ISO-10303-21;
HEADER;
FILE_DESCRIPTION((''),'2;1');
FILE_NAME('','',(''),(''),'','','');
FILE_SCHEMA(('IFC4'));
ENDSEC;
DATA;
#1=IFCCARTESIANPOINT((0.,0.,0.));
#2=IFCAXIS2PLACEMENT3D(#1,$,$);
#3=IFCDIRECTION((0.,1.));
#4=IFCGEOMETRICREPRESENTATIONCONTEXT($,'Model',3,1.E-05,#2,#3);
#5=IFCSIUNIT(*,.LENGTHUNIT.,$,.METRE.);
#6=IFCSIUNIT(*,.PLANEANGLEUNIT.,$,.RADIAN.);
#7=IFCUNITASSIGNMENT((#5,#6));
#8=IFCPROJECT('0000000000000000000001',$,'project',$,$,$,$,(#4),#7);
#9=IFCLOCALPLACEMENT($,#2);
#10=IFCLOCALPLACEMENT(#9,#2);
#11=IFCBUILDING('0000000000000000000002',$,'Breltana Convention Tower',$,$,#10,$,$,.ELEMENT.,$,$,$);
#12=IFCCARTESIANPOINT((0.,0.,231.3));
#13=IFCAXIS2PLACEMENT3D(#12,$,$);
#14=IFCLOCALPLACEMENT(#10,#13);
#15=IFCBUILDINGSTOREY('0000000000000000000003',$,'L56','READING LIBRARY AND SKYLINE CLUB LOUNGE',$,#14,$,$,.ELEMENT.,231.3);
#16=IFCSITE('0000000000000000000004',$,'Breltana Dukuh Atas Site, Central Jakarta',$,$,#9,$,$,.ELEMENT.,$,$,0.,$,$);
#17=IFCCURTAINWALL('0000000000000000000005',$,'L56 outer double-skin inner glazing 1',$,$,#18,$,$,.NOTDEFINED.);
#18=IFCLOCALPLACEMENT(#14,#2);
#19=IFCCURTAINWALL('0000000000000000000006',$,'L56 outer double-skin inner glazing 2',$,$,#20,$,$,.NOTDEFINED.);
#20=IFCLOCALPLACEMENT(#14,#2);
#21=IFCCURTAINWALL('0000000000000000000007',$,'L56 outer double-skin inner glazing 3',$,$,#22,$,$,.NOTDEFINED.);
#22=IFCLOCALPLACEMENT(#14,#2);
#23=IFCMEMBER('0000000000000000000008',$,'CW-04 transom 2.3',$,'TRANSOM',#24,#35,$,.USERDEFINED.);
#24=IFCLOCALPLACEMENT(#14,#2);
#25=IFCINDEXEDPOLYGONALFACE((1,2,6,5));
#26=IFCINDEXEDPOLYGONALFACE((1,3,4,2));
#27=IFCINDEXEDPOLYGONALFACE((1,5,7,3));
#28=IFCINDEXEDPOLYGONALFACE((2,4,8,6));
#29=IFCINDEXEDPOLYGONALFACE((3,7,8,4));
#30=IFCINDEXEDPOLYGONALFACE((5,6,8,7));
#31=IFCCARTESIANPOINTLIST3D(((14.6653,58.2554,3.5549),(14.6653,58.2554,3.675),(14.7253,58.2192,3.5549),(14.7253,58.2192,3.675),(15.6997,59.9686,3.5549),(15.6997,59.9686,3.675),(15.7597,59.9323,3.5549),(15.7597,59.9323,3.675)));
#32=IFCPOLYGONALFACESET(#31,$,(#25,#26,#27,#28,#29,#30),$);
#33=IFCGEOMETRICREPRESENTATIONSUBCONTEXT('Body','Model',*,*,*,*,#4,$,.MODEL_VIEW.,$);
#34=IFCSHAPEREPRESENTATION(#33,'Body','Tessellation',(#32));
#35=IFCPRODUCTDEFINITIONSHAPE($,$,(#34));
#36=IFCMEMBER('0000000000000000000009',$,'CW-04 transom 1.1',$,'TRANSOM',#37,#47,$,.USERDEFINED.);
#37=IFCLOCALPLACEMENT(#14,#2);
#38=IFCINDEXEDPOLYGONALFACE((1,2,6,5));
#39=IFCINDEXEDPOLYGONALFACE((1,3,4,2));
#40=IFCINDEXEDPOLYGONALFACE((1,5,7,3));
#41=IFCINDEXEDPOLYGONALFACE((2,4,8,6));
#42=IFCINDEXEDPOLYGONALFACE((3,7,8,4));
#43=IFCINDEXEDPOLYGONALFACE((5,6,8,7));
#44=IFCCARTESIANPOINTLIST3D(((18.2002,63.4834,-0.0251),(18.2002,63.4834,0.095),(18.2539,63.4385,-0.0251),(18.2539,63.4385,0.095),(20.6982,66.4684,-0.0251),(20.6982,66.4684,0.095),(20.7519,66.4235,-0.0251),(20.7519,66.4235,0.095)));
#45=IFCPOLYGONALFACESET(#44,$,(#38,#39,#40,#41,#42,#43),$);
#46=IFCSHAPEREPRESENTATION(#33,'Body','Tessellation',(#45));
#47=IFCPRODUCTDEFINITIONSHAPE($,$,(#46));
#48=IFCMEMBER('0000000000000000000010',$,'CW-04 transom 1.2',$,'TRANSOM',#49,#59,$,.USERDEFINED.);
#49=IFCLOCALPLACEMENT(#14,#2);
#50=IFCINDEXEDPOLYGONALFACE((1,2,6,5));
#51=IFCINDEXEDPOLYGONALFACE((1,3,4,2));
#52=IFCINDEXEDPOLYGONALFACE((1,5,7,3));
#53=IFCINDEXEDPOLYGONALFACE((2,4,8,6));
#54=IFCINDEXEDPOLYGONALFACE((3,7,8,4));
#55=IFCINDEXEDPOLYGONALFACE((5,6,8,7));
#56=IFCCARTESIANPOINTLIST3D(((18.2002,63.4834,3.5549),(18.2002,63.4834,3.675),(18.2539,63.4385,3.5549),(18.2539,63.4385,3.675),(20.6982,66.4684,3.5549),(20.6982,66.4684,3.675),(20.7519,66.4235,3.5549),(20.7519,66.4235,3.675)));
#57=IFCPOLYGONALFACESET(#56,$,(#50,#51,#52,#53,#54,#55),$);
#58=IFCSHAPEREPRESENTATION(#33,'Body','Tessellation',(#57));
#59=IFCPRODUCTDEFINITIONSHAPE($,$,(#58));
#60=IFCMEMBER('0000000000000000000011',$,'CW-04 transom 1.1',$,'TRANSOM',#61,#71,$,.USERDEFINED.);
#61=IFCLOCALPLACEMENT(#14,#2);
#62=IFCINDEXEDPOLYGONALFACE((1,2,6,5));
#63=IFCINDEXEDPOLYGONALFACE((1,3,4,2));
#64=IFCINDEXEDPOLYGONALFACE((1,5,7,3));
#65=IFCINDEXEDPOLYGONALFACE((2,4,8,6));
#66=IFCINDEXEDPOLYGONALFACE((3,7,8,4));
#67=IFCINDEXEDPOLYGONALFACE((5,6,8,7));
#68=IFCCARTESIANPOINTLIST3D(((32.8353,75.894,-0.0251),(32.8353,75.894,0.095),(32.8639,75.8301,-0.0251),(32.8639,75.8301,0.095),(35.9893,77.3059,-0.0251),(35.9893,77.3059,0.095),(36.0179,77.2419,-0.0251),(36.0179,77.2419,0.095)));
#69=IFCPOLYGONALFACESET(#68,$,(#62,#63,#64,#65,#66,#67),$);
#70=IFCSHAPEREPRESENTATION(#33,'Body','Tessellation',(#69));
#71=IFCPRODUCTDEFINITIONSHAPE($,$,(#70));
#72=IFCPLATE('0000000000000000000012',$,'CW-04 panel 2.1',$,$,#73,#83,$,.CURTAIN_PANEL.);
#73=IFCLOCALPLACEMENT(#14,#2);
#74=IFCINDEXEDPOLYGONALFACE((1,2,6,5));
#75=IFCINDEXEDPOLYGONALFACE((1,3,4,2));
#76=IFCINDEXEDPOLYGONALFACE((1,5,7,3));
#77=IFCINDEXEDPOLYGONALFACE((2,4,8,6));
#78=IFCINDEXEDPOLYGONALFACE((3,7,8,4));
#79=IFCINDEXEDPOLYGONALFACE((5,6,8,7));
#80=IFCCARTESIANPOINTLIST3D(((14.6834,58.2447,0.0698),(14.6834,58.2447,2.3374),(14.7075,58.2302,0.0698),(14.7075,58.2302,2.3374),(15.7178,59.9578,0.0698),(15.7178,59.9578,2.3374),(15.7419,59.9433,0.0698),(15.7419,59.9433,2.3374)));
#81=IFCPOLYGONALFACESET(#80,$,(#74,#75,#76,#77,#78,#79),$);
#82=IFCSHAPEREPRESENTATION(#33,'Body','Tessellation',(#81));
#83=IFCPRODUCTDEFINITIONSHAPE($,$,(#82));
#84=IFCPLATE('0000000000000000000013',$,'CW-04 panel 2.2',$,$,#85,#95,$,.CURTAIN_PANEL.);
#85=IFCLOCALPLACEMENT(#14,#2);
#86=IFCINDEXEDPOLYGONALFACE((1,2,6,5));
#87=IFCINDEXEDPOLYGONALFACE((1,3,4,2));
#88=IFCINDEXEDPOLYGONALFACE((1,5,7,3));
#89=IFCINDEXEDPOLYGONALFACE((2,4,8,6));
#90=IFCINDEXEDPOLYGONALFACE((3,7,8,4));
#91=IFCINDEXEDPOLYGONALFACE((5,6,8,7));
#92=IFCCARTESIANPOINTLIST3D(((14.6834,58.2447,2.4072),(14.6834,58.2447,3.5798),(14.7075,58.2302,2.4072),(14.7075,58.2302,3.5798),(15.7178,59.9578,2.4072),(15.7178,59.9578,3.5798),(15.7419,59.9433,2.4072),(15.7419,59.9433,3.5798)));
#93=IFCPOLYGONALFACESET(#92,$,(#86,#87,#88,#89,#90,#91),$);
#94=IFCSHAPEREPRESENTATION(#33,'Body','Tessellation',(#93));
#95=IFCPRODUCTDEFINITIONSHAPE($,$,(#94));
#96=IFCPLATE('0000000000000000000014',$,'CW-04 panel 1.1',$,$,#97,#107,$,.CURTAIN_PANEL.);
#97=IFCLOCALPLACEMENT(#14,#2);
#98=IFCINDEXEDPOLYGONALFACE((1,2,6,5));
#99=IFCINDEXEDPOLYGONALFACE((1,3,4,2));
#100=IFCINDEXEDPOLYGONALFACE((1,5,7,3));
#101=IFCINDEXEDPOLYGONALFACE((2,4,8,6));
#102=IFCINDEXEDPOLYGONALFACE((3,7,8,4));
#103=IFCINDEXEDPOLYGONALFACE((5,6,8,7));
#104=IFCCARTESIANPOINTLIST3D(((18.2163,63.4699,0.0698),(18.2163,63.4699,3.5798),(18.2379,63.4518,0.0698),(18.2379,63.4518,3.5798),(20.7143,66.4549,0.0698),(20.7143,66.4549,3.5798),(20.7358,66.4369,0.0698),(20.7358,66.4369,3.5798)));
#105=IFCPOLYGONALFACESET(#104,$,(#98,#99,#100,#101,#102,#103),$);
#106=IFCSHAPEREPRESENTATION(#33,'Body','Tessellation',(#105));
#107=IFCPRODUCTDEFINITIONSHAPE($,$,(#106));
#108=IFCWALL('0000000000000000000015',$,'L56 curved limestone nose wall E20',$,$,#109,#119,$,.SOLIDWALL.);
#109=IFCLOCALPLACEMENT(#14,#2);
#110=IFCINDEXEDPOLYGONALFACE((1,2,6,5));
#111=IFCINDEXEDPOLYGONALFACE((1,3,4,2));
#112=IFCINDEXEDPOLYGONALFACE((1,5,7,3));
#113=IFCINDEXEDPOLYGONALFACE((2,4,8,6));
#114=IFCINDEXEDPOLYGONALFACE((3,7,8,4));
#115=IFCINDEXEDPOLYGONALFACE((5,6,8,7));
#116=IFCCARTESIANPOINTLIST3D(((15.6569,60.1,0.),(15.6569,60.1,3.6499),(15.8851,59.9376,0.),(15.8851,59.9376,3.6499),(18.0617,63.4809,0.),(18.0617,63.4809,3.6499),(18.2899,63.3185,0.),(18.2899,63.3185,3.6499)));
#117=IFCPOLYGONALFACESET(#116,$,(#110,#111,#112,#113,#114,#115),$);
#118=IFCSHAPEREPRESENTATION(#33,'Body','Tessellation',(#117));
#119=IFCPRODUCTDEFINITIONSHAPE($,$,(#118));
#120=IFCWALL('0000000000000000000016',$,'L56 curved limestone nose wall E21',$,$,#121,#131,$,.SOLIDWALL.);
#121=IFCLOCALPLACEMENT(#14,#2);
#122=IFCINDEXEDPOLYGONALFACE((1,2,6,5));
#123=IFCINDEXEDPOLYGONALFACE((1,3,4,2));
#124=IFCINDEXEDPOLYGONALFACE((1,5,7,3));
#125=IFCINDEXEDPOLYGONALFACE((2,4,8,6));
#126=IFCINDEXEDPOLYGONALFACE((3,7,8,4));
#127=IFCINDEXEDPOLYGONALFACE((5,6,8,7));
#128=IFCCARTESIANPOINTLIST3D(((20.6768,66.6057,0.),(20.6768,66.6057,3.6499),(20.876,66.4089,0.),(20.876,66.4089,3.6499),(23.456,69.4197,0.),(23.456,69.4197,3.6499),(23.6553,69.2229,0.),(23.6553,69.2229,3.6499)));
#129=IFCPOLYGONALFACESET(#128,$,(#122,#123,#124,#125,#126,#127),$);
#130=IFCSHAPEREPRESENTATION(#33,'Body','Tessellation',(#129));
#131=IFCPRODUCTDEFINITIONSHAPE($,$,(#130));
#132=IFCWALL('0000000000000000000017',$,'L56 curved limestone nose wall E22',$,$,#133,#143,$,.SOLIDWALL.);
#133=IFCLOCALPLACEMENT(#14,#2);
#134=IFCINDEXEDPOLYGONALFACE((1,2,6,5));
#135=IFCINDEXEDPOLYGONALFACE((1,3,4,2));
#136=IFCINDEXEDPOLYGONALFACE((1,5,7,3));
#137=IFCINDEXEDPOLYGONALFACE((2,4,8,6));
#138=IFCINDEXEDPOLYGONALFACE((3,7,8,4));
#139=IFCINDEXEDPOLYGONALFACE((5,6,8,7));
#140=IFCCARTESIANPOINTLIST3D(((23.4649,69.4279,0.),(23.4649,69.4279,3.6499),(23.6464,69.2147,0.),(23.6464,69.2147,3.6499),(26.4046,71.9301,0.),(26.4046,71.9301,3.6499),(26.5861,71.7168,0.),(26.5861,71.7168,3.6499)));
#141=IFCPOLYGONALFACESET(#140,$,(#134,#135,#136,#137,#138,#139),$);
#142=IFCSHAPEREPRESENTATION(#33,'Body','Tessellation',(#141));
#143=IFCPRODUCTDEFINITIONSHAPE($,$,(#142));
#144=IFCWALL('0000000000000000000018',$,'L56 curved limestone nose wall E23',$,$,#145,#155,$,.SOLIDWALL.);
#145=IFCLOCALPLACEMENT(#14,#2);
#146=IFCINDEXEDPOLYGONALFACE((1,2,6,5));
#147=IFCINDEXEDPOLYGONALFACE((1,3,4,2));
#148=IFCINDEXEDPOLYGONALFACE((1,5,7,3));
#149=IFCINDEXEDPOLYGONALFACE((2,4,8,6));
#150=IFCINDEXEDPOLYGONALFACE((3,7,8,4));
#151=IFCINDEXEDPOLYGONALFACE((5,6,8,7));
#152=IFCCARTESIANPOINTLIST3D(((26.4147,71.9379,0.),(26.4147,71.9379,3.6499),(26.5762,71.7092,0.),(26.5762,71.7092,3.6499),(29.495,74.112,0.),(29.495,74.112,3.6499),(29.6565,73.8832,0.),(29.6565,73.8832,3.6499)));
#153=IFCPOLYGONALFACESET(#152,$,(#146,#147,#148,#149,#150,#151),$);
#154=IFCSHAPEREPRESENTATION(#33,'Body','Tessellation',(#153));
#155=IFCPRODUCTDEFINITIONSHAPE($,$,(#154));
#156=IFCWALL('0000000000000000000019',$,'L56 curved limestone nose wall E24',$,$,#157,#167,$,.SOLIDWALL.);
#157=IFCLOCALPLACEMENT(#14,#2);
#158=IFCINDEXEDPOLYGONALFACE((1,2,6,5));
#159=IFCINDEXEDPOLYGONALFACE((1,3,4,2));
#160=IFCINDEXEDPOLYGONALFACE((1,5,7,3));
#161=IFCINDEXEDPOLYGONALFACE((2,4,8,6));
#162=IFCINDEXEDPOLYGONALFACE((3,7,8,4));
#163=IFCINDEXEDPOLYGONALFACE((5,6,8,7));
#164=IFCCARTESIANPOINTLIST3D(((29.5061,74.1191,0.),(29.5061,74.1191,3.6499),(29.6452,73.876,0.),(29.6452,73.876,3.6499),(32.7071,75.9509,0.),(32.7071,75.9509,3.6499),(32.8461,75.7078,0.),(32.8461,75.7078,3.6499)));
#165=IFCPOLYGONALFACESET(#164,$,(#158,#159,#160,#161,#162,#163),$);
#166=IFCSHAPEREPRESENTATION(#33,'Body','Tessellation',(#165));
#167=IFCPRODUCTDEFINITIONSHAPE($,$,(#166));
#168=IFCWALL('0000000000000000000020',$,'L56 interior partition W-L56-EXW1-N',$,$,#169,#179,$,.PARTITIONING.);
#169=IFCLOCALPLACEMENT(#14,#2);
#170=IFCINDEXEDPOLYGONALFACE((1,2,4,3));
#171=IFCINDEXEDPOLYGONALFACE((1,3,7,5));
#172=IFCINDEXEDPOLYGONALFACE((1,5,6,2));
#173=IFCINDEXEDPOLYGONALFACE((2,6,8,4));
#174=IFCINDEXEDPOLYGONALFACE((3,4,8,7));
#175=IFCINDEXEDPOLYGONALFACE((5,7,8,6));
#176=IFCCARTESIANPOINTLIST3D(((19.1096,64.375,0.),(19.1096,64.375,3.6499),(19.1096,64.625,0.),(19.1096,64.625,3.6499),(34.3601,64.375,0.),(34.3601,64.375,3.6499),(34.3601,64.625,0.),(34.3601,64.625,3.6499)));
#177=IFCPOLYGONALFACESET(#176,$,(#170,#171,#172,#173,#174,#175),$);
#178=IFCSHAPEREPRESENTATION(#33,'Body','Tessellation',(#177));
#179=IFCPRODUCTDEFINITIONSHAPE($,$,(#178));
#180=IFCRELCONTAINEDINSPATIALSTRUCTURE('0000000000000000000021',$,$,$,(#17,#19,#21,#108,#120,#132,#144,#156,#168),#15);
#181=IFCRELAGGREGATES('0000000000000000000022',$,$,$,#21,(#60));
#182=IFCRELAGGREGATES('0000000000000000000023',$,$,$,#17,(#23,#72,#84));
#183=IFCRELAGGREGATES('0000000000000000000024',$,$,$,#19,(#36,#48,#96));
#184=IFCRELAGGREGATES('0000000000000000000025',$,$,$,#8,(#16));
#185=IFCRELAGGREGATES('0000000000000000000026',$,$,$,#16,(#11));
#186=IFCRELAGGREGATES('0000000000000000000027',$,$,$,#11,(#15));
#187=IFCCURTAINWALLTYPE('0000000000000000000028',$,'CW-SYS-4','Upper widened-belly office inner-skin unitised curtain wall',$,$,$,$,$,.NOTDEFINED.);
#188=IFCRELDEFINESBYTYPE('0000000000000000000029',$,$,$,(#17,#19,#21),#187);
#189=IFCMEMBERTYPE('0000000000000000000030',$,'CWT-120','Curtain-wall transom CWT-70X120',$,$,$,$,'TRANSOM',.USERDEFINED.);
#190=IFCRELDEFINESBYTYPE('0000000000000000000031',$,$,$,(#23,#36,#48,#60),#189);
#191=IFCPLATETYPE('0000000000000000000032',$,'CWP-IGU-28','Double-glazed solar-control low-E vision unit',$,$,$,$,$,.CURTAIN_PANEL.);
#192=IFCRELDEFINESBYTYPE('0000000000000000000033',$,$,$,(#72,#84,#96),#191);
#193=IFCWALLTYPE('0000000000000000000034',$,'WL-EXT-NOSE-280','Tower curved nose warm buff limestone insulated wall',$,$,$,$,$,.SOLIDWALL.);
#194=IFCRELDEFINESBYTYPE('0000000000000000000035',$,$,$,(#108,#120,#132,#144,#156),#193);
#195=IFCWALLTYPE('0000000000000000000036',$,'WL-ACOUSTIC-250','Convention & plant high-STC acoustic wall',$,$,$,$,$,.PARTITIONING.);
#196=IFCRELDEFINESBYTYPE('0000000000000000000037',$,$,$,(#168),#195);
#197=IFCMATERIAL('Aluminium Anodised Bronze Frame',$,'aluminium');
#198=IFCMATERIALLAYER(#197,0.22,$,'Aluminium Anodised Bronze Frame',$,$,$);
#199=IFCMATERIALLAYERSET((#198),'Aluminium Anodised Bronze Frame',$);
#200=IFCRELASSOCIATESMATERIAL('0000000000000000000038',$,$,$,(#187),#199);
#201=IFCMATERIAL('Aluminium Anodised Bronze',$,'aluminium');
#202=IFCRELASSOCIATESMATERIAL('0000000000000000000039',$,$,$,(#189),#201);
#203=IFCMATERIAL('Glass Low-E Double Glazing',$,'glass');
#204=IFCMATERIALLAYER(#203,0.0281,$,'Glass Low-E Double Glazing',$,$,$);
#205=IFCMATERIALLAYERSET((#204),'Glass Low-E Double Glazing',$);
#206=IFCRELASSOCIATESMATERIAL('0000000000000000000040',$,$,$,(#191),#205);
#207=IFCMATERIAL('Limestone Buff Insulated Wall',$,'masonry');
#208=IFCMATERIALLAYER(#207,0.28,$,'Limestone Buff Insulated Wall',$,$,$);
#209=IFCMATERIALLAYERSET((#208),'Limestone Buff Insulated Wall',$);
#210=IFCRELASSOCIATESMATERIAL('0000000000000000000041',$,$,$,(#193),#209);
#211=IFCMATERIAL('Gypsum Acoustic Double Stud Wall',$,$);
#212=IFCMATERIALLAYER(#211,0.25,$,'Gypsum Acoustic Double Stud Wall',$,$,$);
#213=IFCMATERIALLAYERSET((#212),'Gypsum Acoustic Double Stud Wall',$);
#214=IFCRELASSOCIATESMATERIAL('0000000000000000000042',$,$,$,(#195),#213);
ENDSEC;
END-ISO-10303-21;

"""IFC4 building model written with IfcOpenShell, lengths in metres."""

from ifc_helpers import new_model, si_unit, direction, frame, frame_2d, origin, origin_2d, place, context, subcontext, project, spatial, rectangle, extrude, source, transform, mapped, material, layer, layer_set, material_profile, profile_set, type_object, element, aggregate, save


model = new_model("IFC4")

# Units and contexts
model_context = context("Model", 3, precision=1e-05, world=origin(), true_north=direction((0.0, 1.0)))
body_context = subcontext(model_context, "Body", "Model", "MODEL_VIEW")
ifc_project = project(units=[si_unit("LENGTHUNIT", "METRE"), si_unit("PLANEANGLEUNIT", "RADIAN")], contexts=[model_context])

# Site, building, storey
site_placement = place(None, origin())
site = spatial("IfcSite", under=ifc_project, at=site_placement, Name="Breltana Dukuh Atas Site, Central Jakarta", CompositionType="ELEMENT", RefElevation=0.0)
building_placement = place(site_placement, origin())
building = spatial("IfcBuilding", under=site, at=building_placement, Name="Breltana Convention Tower", CompositionType="ELEMENT")
storey_placement = place(building_placement, frame((0.0, 0.0, 231.3)))
storey = spatial("IfcBuildingStorey", under=building, at=storey_placement, Name="L56", Description="READING LIBRARY AND SKYLINE CLUB LOUNGE", CompositionType="ELEMENT", Elevation=231.3)

# Curtain wall
ifc_material_1 = material(Name="Aluminium Anodised Bronze Frame", Category="aluminium")
ifc_layer_1 = layer(ifc_material_1, 0.22, Name="Aluminium Anodised Bronze Frame")
ifc_layer_set_1 = layer_set([ifc_layer_1], Name="Aluminium Anodised Bronze Frame")
curtain_wall_type = type_object("IfcCurtainWallType", Name="CW-SYS-4", Description="Upper widened-belly office inner-skin unitised curtain wall", PredefinedType="NOTDEFINED", material=ifc_layer_set_1)
curtain_wall_1_placement = place(storey_placement, origin())
curtain_wall_1 = element("IfcCurtainWall", 1, at=curtain_wall_1_placement, inside=storey, type_object=curtain_wall_type, Name="L56 outer double-skin inner glazing 1", PredefinedType="NOTDEFINED")
ifc_material_2 = material(Name="Aluminium Anodised Bronze", Category="aluminium")

# Curtain wall
curtain_wall_2_placement = place(storey_placement, origin())
curtain_wall_2 = element("IfcCurtainWall", 2, at=curtain_wall_2_placement, inside=storey, type_object=curtain_wall_type, Name="L56 outer double-skin inner glazing 2", PredefinedType="NOTDEFINED")

# Curtain wall
curtain_wall_3_placement = place(storey_placement, origin())
curtain_wall_3 = element("IfcCurtainWall", 3, at=curtain_wall_3_placement, inside=storey, type_object=curtain_wall_type, Name="L56 outer double-skin inner glazing 3", PredefinedType="NOTDEFINED")

# Members
ifc_material_profile_1 = material_profile(ifc_material_2, rectangle(XDim=0.0701, YDim=0.1201, at=origin_2d()), Name="CWT-70X120")
ifc_profile_set_1 = profile_set([ifc_material_profile_1], Name="Aluminium Anodised Bronze")
member_type_1 = type_object("IfcMemberType", Name="CWT-120", Description="Curtain-wall transom CWT-70X120", ElementType="TRANSOM", PredefinedType="USERDEFINED", material=ifc_profile_set_1)
shared_shape_1 = source(origin(), body_context, "Body", "SweptSolid", [
    extrude(rectangle(XDim=0.0701, YDim=0.1201, at=origin_2d()), origin(), (0.0, 0.0, 1.0), 2.0012),
])
member_1_placement = place(storey_placement, frame((14.6953, 58.2373, 3.615), z_axis=(0.516898, 0.856047, 0.0), x_axis=(-0.856047, 0.516898, 0.0)))
member_1 = element("IfcMember", 4, at=member_1_placement, type_object=member_type_1, Name="CW-04 transom 2.3", ObjectType="TRANSOM", PredefinedType="USERDEFINED", context=body_context, shape_type="MappedRepresentation", body=[
    mapped(shared_shape_1, transform((0.0, 0.0, 0.0), scale=1.0)),
])
shared_shape_2 = source(origin(), body_context, "Body", "SweptSolid", [
    extrude(rectangle(XDim=0.0701, YDim=0.1201, at=origin_2d()), origin(), (0.0, 0.0, 1.0), 3.8923),
])
member_2_placement = place(storey_placement, frame((18.2271, 63.4609, 0.0349), z_axis=(0.641769, 0.766898, 0.0), x_axis=(-0.766898, 0.641769, 0.0)))
member_2 = element("IfcMember", 5, at=member_2_placement, type_object=member_type_1, Name="CW-04 transom 1.1", ObjectType="TRANSOM", PredefinedType="USERDEFINED", context=body_context, shape_type="MappedRepresentation", body=[
    mapped(shared_shape_2, transform((0.0, 0.0, 0.0), scale=1.0)),
])
member_3_placement = place(storey_placement, frame((18.2271, 63.4609, 3.615), z_axis=(0.641769, 0.766898, 0.0), x_axis=(-0.766898, 0.641769, 0.0)))
member_3 = element("IfcMember", 6, at=member_3_placement, type_object=member_type_1, Name="CW-04 transom 1.2", ObjectType="TRANSOM", PredefinedType="USERDEFINED", context=body_context, shape_type="MappedRepresentation", body=[
    mapped(shared_shape_2, transform((0.0, 0.0, 0.0), scale=1.0)),
])
shared_shape_3 = source(origin(), body_context, "Body", "SweptSolid", [
    extrude(rectangle(XDim=0.0701, YDim=0.1201, at=origin_2d()), origin(), (0.0, 0.0, 1.0), 3.4556),
])
member_4_placement = place(storey_placement, frame((32.8496, 75.8621, 0.0349), z_axis=(0.912727, 0.408569, 0.0), x_axis=(-0.408569, 0.912727, 0.0)))
member_4 = element("IfcMember", 7, at=member_4_placement, type_object=member_type_1, Name="CW-04 transom 1.1", ObjectType="TRANSOM", PredefinedType="USERDEFINED", context=body_context, shape_type="MappedRepresentation", body=[
    mapped(shared_shape_3, transform((0.0, 0.0, 0.0), scale=1.0)),
])
aggregate(curtain_wall_3, [member_4])

# Plates
ifc_material_3 = material(Name="Glass Low-E Double Glazing", Category="glass")
ifc_layer_2 = layer(ifc_material_3, 0.0281, Name="Glass Low-E Double Glazing")
ifc_layer_set_2 = layer_set([ifc_layer_2], Name="Glass Low-E Double Glazing")
plate_type = type_object("IfcPlateType", Name="CWP-IGU-28", Description="Double-glazed solar-control low-E vision unit", PredefinedType="CURTAIN_PANEL", material=ifc_layer_set_2)
shared_shape_4 = source(origin(), body_context, "Body", "SweptSolid", [
    extrude(rectangle(XDim=2.0012, YDim=0.0281, at=origin_2d()), origin(), (0.0, 0.0, 1.0), 2.2676),
])
plate_1_placement = place(storey_placement, frame((15.2126, 59.094, 0.0698), z_axis=(0.0, 0.0, 1.0), x_axis=(0.516875, 0.856061, 0.0)))
plate_1 = element("IfcPlate", 8, at=plate_1_placement, type_object=plate_type, Name="CW-04 panel 2.1", PredefinedType="CURTAIN_PANEL", context=body_context, shape_type="MappedRepresentation", body=[
    mapped(shared_shape_4, transform((0.0, 0.0, 0.0), scale=1.0)),
])
shared_shape_5 = source(origin(), body_context, "Body", "SweptSolid", [
    extrude(rectangle(XDim=2.0012, YDim=0.0281, at=origin_2d()), origin(), (0.0, 0.0, 1.0), 1.1726),
])
plate_2_placement = place(storey_placement, frame((15.2126, 59.094, 2.4072), z_axis=(0.0, 0.0, 1.0), x_axis=(0.516875, 0.856061, 0.0)))
plate_2 = element("IfcPlate", 9, at=plate_2_placement, type_object=plate_type, Name="CW-04 panel 2.2", PredefinedType="CURTAIN_PANEL", context=body_context, shape_type="MappedRepresentation", body=[
    mapped(shared_shape_5, transform((0.0, 0.0, 0.0), scale=1.0)),
])
aggregate(curtain_wall_1, [member_1, plate_1, plate_2])
shared_shape_6 = source(origin(), body_context, "Body", "SweptSolid", [
    extrude(rectangle(XDim=3.8923, YDim=0.0281, at=origin_2d()), origin(), (0.0, 0.0, 1.0), 3.51),
])
plate_3_placement = place(storey_placement, frame((19.4761, 64.9534, 0.0698), z_axis=(0.0, 0.0, 1.0), x_axis=(0.641763, 0.766903, 0.0)))
plate_3 = element("IfcPlate", 10, at=plate_3_placement, type_object=plate_type, Name="CW-04 panel 1.1", PredefinedType="CURTAIN_PANEL", context=body_context, shape_type="MappedRepresentation", body=[
    mapped(shared_shape_6, transform((0.0, 0.0, 0.0), scale=1.0)),
])
aggregate(curtain_wall_2, [member_2, member_3, plate_3])

# Walls
ifc_material_4 = material(Name="Limestone Buff Insulated Wall", Category="masonry")
ifc_layer_3 = layer(ifc_material_4, 0.28, Name="Limestone Buff Insulated Wall")
ifc_layer_set_3 = layer_set([ifc_layer_3], Name="Limestone Buff Insulated Wall")
wall_type_1 = type_object("IfcWallType", Name="WL-EXT-NOSE-280", Description="Tower curved nose warm buff limestone insulated wall", PredefinedType="SOLIDWALL", material=ifc_layer_set_3)
shared_shape_7 = source(origin(), body_context, "Body", "SweptSolid", [
    extrude(rectangle(XDim=4.1489, YDim=0.28, at=frame_2d((2.0745, 0.0))), origin(), (0.0, 0.0, 1.0), 3.6499),
])
wall_1_placement = place(storey_placement, frame((15.771, 60.0188, 0.0), z_axis=(0.0, 0.0, 1.0), x_axis=(0.579623, 0.814885, 0.0)))
element("IfcWall", 11, at=wall_1_placement, inside=storey, type_object=wall_type_1, Name="L56 curved limestone nose wall E20", PredefinedType="SOLIDWALL", context=body_context, shape_type="MappedRepresentation", body=[
    mapped(shared_shape_7, transform((0.0, 0.0, 0.0), scale=1.0)),
])
shared_shape_8 = source(origin(), body_context, "Body", "SweptSolid", [
    extrude(rectangle(XDim=3.9551, YDim=0.28, at=frame_2d((1.9775, 0.0))), origin(), (0.0, 0.0, 1.0), 3.6499),
])
wall_2_placement = place(storey_placement, frame((20.7764, 66.5073, 0.0), z_axis=(0.0, 0.0, 1.0), x_axis=(0.702711, 0.711476, 0.0)))
element("IfcWall", 12, at=wall_2_placement, inside=storey, type_object=wall_type_1, Name="L56 curved limestone nose wall E21", PredefinedType="SOLIDWALL", context=body_context, shape_type="MappedRepresentation", body=[
    mapped(shared_shape_8, transform((0.0, 0.0, 0.0), scale=1.0)),
])
shared_shape_9 = source(origin(), body_context, "Body", "SweptSolid", [
    extrude(rectangle(XDim=3.8604, YDim=0.28, at=frame_2d((1.9302, 0.0))), origin(), (0.0, 0.0, 1.0), 3.6499),
])
wall_3_placement = place(storey_placement, frame((23.5557, 69.3213, 0.0), z_axis=(0.0, 0.0, 1.0), x_axis=(0.761498, 0.648168, 0.0)))
element("IfcWall", 13, at=wall_3_placement, inside=storey, type_object=wall_type_1, Name="L56 curved limestone nose wall E22", PredefinedType="SOLIDWALL", context=body_context, shape_type="MappedRepresentation", body=[
    mapped(shared_shape_9, transform((0.0, 0.0, 0.0), scale=1.0)),
])
shared_shape_10 = source(origin(), body_context, "Body", "SweptSolid", [
    extrude(rectangle(XDim=3.7703, YDim=0.28, at=frame_2d((1.8853, 0.0))), origin(), (0.0, 0.0, 1.0), 3.6499),
])
wall_4_placement = place(storey_placement, frame((26.4954, 71.8235, 0.0), z_axis=(0.0, 0.0, 1.0), x_axis=(0.817002, 0.576635, 0.0)))
element("IfcWall", 14, at=wall_4_placement, inside=storey, type_object=wall_type_1, Name="L56 curved limestone nose wall E23", PredefinedType="SOLIDWALL", context=body_context, shape_type="MappedRepresentation", body=[
    mapped(shared_shape_10, transform((0.0, 0.0, 0.0), scale=1.0)),
])
shared_shape_11 = source(origin(), body_context, "Body", "SweptSolid", [
    extrude(rectangle(XDim=3.688, YDim=0.28, at=frame_2d((1.844, 0.0))), origin(), (0.0, 0.0, 1.0), 3.6499),
])
wall_5_placement = place(storey_placement, frame((29.5757, 73.9976, 0.0), z_axis=(0.0, 0.0, 1.0), x_axis=(0.867929, 0.496688, 0.0)))
element("IfcWall", 15, at=wall_5_placement, inside=storey, type_object=wall_type_1, Name="L56 curved limestone nose wall E24", PredefinedType="SOLIDWALL", context=body_context, shape_type="MappedRepresentation", body=[
    mapped(shared_shape_11, transform((0.0, 0.0, 0.0), scale=1.0)),
])
ifc_material_5 = material(Name="Gypsum Acoustic Double Stud Wall")
ifc_layer_4 = layer(ifc_material_5, 0.25, Name="Gypsum Acoustic Double Stud Wall")
ifc_layer_set_4 = layer_set([ifc_layer_4], Name="Gypsum Acoustic Double Stud Wall")
wall_type_2 = type_object("IfcWallType", Name="WL-ACOUSTIC-250", Description="Convention & plant high-STC acoustic wall", PredefinedType="PARTITIONING", material=ifc_layer_set_4)
shared_shape_12 = source(origin(), body_context, "Body", "SweptSolid", [
    extrude(rectangle(XDim=15.2505, YDim=0.25, at=frame_2d((7.6252, 0.0))), origin(), (0.0, 0.0, 1.0), 3.6499),
])
wall_6_placement = place(storey_placement, frame((19.1096, 64.5, 0.0), z_axis=(0.0, 0.0, 1.0), x_axis=(1.0, 0.0, 0.0)))
element("IfcWall", 16, at=wall_6_placement, inside=storey, type_object=wall_type_2, Name="L56 interior partition W-L56-EXW1-N", PredefinedType="PARTITIONING", context=body_context, shape_type="MappedRepresentation", body=[
    mapped(shared_shape_12, transform((0.0, 0.0, 0.0), scale=1.0)),
])

save(model, "model.ifc")
